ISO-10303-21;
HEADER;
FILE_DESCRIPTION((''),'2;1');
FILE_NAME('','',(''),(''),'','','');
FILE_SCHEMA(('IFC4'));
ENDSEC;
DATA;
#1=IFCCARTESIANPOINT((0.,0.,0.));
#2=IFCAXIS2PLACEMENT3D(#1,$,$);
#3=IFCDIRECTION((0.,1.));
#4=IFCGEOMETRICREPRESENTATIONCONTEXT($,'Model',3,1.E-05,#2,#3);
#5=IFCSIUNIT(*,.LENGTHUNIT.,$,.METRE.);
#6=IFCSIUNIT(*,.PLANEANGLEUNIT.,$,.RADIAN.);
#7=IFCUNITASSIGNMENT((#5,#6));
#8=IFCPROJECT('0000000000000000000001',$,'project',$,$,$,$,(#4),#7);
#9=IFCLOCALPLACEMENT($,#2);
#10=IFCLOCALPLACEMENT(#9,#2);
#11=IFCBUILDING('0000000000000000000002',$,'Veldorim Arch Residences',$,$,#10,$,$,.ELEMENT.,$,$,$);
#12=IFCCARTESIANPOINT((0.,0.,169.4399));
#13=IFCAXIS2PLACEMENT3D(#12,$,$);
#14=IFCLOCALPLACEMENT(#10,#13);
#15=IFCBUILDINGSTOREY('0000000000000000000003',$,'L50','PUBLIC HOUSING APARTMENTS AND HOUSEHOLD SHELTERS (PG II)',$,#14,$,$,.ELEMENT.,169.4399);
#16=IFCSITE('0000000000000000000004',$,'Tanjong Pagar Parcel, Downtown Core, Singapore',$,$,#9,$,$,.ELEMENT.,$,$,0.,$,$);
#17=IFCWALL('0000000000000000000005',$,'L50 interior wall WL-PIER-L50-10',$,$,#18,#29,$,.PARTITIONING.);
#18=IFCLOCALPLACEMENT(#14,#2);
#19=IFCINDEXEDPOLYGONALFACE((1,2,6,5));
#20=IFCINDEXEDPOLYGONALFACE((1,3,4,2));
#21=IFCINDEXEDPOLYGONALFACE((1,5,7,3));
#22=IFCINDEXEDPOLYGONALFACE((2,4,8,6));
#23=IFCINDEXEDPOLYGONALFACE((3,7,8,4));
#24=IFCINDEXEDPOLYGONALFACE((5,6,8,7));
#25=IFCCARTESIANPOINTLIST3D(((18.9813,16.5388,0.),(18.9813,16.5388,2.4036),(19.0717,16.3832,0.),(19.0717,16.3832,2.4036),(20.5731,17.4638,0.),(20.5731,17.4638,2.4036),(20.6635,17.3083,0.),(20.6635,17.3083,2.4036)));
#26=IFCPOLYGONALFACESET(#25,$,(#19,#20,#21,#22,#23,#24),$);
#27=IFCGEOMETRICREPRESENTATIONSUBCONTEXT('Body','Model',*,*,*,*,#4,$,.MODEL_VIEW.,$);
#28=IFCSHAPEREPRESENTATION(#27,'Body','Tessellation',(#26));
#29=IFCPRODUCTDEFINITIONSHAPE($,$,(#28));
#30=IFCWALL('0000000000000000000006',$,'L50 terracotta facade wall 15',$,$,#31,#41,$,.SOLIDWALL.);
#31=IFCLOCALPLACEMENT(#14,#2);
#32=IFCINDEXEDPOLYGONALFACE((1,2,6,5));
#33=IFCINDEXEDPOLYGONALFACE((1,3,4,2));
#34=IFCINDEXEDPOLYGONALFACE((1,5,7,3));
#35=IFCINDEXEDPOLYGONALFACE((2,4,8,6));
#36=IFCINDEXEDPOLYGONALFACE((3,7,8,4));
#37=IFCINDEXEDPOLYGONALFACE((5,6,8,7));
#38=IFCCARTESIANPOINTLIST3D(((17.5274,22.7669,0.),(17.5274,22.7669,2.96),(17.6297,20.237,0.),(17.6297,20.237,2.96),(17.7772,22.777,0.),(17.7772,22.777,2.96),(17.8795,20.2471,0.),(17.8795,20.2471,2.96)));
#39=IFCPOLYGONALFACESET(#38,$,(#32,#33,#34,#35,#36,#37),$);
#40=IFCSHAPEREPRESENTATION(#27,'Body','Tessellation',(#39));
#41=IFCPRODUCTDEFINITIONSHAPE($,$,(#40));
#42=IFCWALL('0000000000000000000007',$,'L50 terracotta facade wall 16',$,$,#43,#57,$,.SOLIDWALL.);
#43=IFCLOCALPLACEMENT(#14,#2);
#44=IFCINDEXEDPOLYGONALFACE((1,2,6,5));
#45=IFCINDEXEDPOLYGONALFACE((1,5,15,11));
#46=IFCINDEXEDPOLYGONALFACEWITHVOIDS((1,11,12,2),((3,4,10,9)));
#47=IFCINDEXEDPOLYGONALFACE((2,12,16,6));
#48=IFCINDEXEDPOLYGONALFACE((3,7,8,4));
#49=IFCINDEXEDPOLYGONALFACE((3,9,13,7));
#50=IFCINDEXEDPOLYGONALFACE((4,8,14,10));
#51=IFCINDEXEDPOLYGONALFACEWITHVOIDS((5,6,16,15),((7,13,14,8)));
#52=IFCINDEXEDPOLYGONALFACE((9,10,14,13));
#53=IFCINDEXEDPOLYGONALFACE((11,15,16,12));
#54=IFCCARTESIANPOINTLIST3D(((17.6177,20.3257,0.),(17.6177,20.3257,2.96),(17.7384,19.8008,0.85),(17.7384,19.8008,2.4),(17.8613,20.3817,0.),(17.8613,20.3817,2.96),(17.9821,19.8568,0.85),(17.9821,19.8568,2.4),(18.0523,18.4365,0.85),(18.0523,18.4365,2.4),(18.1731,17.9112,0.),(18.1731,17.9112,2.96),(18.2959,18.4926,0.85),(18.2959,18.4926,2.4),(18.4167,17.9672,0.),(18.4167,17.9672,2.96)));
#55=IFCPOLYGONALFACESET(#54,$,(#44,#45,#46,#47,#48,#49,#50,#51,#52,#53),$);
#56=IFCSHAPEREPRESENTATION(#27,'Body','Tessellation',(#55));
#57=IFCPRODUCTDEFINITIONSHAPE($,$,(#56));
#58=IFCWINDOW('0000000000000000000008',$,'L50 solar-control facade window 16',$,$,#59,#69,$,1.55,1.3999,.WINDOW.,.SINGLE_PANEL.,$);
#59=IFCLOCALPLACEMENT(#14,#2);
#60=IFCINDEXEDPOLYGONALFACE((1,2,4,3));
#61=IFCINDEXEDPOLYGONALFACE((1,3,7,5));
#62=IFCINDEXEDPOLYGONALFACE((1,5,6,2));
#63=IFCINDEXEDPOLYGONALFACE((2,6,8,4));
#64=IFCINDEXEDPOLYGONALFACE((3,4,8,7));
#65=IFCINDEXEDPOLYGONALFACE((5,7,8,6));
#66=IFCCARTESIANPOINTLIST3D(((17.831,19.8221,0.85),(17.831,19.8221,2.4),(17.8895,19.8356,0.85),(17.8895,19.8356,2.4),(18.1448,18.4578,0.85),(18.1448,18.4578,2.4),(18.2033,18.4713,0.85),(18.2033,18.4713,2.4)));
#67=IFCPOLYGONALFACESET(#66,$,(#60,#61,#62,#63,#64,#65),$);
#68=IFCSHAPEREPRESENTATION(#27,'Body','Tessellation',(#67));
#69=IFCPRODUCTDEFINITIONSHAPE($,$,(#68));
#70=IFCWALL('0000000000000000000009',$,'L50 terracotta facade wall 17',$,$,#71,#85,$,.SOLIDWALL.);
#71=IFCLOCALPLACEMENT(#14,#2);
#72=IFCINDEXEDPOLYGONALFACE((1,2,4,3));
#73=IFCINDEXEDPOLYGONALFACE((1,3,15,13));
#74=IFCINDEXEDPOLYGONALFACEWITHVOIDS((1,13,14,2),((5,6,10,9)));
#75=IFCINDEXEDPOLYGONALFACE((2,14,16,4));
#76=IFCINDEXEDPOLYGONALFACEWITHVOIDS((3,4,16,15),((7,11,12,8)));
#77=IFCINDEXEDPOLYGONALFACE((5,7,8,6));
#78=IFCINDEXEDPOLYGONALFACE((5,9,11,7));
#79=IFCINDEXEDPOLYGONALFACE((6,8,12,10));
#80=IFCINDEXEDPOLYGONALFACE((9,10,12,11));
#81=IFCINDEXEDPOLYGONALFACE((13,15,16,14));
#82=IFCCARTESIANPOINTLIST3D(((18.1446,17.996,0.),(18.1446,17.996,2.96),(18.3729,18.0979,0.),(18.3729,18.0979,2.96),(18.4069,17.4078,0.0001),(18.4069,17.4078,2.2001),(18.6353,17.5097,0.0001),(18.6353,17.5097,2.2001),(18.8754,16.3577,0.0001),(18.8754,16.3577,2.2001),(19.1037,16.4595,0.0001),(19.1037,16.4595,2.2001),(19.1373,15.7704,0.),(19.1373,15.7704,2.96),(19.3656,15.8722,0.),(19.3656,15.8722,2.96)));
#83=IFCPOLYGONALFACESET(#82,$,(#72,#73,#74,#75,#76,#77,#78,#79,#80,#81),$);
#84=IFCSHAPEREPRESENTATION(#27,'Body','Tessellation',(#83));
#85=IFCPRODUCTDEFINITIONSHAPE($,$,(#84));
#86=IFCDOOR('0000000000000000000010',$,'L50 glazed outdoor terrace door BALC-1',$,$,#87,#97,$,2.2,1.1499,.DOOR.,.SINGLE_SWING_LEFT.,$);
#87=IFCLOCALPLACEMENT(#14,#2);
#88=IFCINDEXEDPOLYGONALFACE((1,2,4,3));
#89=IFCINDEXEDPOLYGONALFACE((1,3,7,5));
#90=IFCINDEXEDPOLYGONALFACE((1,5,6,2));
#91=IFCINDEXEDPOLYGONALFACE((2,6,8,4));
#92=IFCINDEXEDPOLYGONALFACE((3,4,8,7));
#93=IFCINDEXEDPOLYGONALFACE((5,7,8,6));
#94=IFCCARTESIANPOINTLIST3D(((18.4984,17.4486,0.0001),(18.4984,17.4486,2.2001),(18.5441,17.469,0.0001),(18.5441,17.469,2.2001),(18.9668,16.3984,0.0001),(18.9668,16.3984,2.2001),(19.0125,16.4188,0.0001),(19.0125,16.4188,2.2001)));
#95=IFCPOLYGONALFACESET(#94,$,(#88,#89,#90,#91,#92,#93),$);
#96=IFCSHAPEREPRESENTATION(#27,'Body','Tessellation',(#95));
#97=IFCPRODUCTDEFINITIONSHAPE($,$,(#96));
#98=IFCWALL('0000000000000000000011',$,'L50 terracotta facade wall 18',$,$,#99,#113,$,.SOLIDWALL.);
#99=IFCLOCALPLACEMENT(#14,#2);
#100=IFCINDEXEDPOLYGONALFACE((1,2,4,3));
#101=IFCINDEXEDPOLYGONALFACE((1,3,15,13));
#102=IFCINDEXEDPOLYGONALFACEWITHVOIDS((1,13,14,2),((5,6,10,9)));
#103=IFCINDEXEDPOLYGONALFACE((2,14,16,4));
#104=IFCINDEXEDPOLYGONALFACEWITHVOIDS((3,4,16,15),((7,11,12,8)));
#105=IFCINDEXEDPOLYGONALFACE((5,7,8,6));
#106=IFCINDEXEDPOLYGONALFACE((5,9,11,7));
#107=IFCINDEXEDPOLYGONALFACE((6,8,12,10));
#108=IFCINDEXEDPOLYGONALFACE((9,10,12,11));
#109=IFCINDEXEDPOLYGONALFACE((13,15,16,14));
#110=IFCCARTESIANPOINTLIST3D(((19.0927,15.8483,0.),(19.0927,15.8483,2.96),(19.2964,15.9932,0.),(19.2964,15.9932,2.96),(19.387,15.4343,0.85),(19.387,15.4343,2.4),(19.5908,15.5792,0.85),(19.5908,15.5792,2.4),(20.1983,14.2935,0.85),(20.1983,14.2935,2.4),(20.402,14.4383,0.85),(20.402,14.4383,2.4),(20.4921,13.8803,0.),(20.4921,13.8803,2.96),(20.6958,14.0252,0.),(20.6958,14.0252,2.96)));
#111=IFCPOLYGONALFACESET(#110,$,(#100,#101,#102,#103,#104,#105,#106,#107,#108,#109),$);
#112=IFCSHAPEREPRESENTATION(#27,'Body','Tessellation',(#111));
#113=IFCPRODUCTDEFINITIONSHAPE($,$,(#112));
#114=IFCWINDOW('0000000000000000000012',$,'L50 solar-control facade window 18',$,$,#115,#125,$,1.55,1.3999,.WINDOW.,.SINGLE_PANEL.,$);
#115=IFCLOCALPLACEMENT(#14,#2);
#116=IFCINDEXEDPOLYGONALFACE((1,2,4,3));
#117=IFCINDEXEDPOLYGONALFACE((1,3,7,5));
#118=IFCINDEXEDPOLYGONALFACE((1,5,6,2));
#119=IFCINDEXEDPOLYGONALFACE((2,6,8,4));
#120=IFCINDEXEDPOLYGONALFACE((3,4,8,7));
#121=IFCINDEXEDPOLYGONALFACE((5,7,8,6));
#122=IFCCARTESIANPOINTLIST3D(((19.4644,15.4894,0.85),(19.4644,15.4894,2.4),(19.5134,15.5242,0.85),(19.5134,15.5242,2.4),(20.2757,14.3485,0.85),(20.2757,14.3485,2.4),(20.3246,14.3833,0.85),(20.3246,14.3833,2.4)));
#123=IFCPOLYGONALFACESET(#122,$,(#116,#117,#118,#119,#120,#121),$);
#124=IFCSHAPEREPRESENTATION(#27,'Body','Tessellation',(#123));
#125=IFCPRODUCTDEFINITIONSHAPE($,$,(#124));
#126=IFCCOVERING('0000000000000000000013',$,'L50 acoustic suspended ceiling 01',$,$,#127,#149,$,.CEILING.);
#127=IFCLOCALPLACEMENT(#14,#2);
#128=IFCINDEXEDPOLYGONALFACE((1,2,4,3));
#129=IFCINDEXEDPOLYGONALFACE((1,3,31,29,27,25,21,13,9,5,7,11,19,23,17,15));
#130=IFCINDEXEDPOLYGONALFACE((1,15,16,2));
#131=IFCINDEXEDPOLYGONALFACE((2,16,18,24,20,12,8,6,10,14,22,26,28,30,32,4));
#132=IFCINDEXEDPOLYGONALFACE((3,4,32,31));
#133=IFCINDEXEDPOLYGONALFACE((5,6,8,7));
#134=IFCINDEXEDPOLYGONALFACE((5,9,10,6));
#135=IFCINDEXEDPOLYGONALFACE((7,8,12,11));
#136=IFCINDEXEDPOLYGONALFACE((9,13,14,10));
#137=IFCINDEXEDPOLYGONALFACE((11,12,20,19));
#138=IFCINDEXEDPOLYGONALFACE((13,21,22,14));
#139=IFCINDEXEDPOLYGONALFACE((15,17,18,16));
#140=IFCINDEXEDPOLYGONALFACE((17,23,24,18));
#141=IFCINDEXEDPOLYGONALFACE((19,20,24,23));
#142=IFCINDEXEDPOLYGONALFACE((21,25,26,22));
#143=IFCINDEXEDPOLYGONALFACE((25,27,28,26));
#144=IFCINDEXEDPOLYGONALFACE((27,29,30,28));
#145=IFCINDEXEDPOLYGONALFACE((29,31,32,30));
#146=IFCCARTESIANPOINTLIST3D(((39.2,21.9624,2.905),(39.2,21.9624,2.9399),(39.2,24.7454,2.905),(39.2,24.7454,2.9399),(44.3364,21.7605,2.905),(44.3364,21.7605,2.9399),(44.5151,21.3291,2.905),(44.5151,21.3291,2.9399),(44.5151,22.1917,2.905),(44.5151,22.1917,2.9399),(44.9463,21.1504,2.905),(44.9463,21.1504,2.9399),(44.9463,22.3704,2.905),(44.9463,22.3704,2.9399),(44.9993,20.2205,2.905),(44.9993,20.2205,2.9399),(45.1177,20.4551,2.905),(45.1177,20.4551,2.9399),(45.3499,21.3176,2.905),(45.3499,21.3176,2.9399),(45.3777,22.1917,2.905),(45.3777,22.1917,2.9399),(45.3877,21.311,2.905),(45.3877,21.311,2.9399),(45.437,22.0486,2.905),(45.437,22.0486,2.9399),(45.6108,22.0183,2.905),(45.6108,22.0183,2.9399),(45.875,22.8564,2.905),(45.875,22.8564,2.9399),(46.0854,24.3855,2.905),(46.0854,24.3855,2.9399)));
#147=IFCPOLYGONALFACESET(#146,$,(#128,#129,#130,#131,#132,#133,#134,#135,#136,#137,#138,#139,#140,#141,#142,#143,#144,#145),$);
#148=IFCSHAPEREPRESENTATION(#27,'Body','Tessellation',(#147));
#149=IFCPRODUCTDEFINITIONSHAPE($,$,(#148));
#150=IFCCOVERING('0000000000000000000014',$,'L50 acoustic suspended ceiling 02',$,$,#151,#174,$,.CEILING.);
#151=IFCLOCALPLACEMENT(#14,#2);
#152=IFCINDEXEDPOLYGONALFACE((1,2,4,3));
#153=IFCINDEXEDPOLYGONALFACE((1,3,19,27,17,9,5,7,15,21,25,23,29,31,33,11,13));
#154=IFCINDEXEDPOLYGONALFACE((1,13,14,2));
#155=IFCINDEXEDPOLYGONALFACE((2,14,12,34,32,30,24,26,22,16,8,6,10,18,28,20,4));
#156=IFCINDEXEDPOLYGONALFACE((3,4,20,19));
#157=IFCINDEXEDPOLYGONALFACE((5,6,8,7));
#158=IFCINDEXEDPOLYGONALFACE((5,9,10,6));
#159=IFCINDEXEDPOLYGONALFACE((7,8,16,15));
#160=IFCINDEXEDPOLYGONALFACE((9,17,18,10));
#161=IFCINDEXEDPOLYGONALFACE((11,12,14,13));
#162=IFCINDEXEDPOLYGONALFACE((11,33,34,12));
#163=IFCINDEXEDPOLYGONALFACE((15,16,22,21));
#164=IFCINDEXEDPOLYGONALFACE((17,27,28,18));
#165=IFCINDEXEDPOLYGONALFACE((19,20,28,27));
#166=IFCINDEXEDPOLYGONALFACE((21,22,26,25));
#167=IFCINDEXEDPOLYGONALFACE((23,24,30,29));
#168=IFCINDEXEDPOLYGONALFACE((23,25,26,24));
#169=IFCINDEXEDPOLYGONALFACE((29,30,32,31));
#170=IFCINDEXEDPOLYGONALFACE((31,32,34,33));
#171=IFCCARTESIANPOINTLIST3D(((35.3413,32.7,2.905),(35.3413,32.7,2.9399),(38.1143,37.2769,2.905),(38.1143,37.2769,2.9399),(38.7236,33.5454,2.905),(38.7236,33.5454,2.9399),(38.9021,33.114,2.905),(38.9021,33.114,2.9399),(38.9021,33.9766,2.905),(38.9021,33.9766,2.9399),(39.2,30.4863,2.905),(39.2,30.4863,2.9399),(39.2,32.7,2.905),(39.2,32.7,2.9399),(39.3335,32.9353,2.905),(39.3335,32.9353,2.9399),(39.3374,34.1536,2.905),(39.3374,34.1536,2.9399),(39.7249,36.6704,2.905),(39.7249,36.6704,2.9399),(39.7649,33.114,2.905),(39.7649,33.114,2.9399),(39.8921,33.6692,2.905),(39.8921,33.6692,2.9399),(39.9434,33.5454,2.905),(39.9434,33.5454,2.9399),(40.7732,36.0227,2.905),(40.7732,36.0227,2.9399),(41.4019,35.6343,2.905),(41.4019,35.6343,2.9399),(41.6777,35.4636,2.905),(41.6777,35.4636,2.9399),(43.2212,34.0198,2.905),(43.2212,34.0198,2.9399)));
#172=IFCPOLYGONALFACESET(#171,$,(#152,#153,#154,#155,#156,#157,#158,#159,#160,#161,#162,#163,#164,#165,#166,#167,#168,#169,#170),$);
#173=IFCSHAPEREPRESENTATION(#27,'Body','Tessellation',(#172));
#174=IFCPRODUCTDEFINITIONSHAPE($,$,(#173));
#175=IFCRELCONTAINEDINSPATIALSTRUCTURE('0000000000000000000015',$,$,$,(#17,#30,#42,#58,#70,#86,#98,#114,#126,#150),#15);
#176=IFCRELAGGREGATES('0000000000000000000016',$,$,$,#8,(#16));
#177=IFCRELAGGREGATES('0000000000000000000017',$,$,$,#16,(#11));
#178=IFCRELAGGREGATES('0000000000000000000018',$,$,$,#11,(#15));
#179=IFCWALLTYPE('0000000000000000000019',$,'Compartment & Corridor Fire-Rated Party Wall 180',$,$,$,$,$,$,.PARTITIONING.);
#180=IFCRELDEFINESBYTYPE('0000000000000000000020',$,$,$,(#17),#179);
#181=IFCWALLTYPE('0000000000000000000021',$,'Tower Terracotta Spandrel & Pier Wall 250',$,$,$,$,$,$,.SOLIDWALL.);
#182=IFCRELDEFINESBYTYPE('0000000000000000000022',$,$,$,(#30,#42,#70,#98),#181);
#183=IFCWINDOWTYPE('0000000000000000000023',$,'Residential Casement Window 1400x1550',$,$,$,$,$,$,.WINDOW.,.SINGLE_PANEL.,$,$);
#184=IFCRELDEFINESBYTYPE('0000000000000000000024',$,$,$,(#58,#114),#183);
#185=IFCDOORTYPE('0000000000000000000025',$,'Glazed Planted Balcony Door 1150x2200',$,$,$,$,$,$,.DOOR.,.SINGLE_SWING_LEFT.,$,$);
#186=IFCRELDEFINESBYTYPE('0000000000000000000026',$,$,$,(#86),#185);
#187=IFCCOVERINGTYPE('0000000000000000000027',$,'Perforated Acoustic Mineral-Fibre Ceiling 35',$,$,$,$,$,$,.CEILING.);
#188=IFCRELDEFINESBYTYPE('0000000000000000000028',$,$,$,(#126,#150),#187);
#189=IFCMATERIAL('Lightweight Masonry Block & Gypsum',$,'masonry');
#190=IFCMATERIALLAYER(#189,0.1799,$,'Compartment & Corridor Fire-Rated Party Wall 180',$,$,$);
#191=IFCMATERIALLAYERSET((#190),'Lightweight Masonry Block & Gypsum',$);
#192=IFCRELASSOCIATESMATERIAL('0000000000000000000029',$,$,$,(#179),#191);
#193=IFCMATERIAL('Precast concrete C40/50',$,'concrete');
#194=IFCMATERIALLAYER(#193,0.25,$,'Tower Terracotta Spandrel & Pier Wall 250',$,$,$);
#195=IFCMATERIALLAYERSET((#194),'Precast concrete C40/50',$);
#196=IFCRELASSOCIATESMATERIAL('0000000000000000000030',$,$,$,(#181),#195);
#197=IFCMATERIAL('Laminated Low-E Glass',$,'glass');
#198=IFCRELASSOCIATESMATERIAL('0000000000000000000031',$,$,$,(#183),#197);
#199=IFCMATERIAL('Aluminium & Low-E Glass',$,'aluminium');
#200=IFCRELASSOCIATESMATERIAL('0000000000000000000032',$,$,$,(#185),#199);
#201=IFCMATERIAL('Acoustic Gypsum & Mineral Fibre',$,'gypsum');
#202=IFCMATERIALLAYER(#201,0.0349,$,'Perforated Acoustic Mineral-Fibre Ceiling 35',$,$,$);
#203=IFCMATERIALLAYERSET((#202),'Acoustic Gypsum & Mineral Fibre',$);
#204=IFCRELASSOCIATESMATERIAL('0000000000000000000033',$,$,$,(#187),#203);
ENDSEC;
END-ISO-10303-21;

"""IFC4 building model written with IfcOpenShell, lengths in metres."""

from ifc_helpers import new_model, si_unit, direction, frame, frame_2d, origin, place, context, subcontext, project, spatial, polyline, rectangle, outline, extrude, material, layer, layer_set, type_object, element, fill, save


model = new_model("IFC4")

# Units and contexts
model_context = context("Model", 3, precision=1e-05, world=origin(), true_north=direction((0.0, 1.0)))
body_context = subcontext(model_context, "Body", "Model", "MODEL_VIEW")
ifc_project = project(units=[si_unit("LENGTHUNIT", "METRE"), si_unit("PLANEANGLEUNIT", "RADIAN")], contexts=[model_context])

# Site, building, storey
site_placement = place(None, origin())
site = spatial("IfcSite", under=ifc_project, at=site_placement, Name="Tanjong Pagar Parcel, Downtown Core, Singapore", CompositionType="ELEMENT", RefElevation=0.0)
building_placement = place(site_placement, origin())
building = spatial("IfcBuilding", under=site, at=building_placement, Name="Veldorim Arch Residences", CompositionType="ELEMENT")
storey_placement = place(building_placement, frame((0.0, 0.0, 169.4399)))
storey = spatial("IfcBuildingStorey", under=building, at=storey_placement, Name="L50", Description="PUBLIC HOUSING APARTMENTS AND HOUSEHOLD SHELTERS (PG II)", CompositionType="ELEMENT", Elevation=169.4399)

# Walls
ifc_material_1 = material(Name="Lightweight Masonry Block & Gypsum", Category="masonry")
ifc_layer_1 = layer(ifc_material_1, 0.1799, Name="Compartment & Corridor Fire-Rated Party Wall 180")
ifc_layer_set_1 = layer_set([ifc_layer_1], Name="Lightweight Masonry Block & Gypsum")
wall_type_1 = type_object("IfcWallType", Name="Compartment & Corridor Fire-Rated Party Wall 180", PredefinedType="PARTITIONING", material=ifc_layer_set_1)
wall_1_placement = place(storey_placement, frame((20.6182, 17.386, 0.0), z_axis=(0.0, 0.0, 1.0), x_axis=(-0.864605, -0.502452, 0.0)))
element("IfcWall", 1, at=wall_1_placement, inside=storey, type_object=wall_type_1, Name="L50 interior wall WL-PIER-L50-10", PredefinedType="PARTITIONING", context=body_context, shape_type="SweptSolid", body=[
    extrude(rectangle(XDim=1.8411, YDim=0.1799, at=frame_2d((0.9204, 0.0))), origin(), (0.0, 0.0, 1.0), 2.4036),
])
ifc_material_2 = material(Name="Precast concrete C40/50", Category="concrete")
ifc_layer_2 = layer(ifc_material_2, 0.25, Name="Tower Terracotta Spandrel & Pier Wall 250")
ifc_layer_set_2 = layer_set([ifc_layer_2], Name="Precast concrete C40/50")
wall_type_2 = type_object("IfcWallType", Name="Tower Terracotta Spandrel & Pier Wall 250", PredefinedType="SOLIDWALL", material=ifc_layer_set_2)
wall_2_placement = place(storey_placement, frame((17.7546, 20.2419, 0.0), z_axis=(0.0, 0.0, 1.0), x_axis=(-0.040399, 0.999184, 0.0)))
element("IfcWall", 2, at=wall_2_placement, inside=storey, type_object=wall_type_2, Name="L50 terracotta facade wall 15", PredefinedType="SOLIDWALL", context=body_context, shape_type="SweptSolid", body=[
    extrude(rectangle(XDim=2.532, YDim=0.25, at=frame_2d((1.2661, 0.0))), origin(), (0.0, 0.0, 1.0), 2.96),
])

# Wall, opening, window
wall_3_placement = place(storey_placement, frame((18.2949, 17.9392, 0.0), z_axis=(0.0, 0.0, 1.0), x_axis=(-0.224176, 0.974549, 0.0)))
wall_3 = element("IfcWall", 3, at=wall_3_placement, inside=storey, type_object=wall_type_2, Name="L50 terracotta facade wall 16", PredefinedType="SOLIDWALL", context=body_context, shape_type="SweptSolid", body=[
    extrude(rectangle(XDim=2.4775, YDim=0.25, at=frame_2d((1.2388, 0.0))), origin(), (0.0, 0.0, 1.0), 2.96),
])
opening_1_placement = place(wall_3_placement, frame((0.5391, 0.0, 0.8501)))
opening_1 = element("IfcOpeningElement", 4, at=opening_1_placement, cuts=wall_3, PredefinedType="OPENING", context=body_context, shape_type="SweptSolid", body=[
    extrude(rectangle(XDim=1.3999, YDim=1.55, at=frame_2d((0.7, 0.7749))), frame((0.0, 0.135, 0.0), z_axis=(0.0, -1.0, 0.0), x_axis=(1.0, 0.0, 0.0)), (0.0, 0.0, 1.0), 0.27),
])
ifc_material_3 = material(Name="Laminated Low-E Glass", Category="glass")
window_type = type_object("IfcWindowType", Name="Residential Casement Window 1400x1550", PartitioningType="SINGLE_PANEL", PredefinedType="WINDOW", material=ifc_material_3)
window_1_placement = place(opening_1_placement, origin())
window_1 = element("IfcWindow", 5, at=window_1_placement, inside=storey, type_object=window_type, Name="L50 solar-control facade window 16", OverallHeight=1.55, OverallWidth=1.3999, PartitioningType="SINGLE_PANEL", PredefinedType="WINDOW", context=body_context, shape_type="SweptSolid", body=[
    extrude(rectangle(XDim=1.3999, YDim=1.55, at=frame_2d((0.7, 0.7749))), frame((0.0, 0.03, 0.0), z_axis=(0.0, -1.0, 0.0), x_axis=(1.0, 0.0, 0.0)), (0.0, 0.0, 1.0), 0.0601),
])
fill(opening_1, window_1)

# Wall, opening, door
wall_4_placement = place(storey_placement, frame((19.2515, 15.8213, 0.0), z_axis=(0.0, 0.0, 1.0), x_axis=(-0.407347, 0.913274, 0.0)))
wall_4 = element("IfcWall", 6, at=wall_4_placement, inside=storey, type_object=wall_type_2, Name="L50 terracotta facade wall 17", PredefinedType="SOLIDWALL", context=body_context, shape_type="SweptSolid", body=[
    extrude(rectangle(XDim=2.437, YDim=0.25, at=frame_2d((1.2185, 0.0))), origin(), (0.0, 0.0, 1.0), 2.96),
])
opening_2_placement = place(wall_4_placement, frame((0.6431, 0.0, 0.0)))
opening_2 = element("IfcOpeningElement", 7, at=opening_2_placement, cuts=wall_4, PredefinedType="OPENING", context=body_context, shape_type="SweptSolid", body=[
    extrude(rectangle(XDim=1.1499, YDim=2.2, at=frame_2d((0.575, 1.1001))), frame((0.0, 0.135, 0.0), z_axis=(0.0, -1.0, 0.0), x_axis=(1.0, 0.0, 0.0)), (0.0, 0.0, 1.0), 0.27),
])
ifc_material_4 = material(Name="Aluminium & Low-E Glass", Category="aluminium")
door_type_1 = type_object("IfcDoorType", Name="Glazed Planted Balcony Door 1150x2200", OperationType="SINGLE_SWING_LEFT", PredefinedType="DOOR", material=ifc_material_4)
door_1_placement = place(opening_2_placement, origin())
door_1 = element("IfcDoor", 8, at=door_1_placement, inside=storey, type_object=door_type_1, Name="L50 glazed outdoor terrace door BALC-1", OperationType="SINGLE_SWING_LEFT", OverallHeight=2.2, OverallWidth=1.1499, PredefinedType="DOOR", context=body_context, shape_type="SweptSolid", body=[
    extrude(rectangle(XDim=1.1499, YDim=2.2, at=frame_2d((0.575, 1.1001))), frame((0.0, 0.0249, 0.0), z_axis=(0.0, -1.0, 0.0), x_axis=(1.0, 0.0, 0.0)), (0.0, 0.0, 1.0), 0.05),
])
fill(opening_2, door_1)

# Wall, opening, window
wall_5_placement = place(storey_placement, frame((20.594, 13.9526, 0.0), z_axis=(0.0, 0.0, 1.0), x_axis=(-0.579506, 0.814968, 0.0)))
wall_5 = element("IfcWall", 9, at=wall_5_placement, inside=storey, type_object=wall_type_2, Name="L50 terracotta facade wall 18", PredefinedType="SOLIDWALL", context=body_context, shape_type="SweptSolid", body=[
    extrude(rectangle(XDim=2.4148, YDim=0.25, at=frame_2d((1.2075, 0.0))), origin(), (0.0, 0.0, 1.0), 2.96),
])
opening_3_placement = place(wall_5_placement, frame((0.5071, 0.0, 0.8501)))
opening_3 = element("IfcOpeningElement", 10, at=opening_3_placement, cuts=wall_5, PredefinedType="OPENING", context=body_context, shape_type="SweptSolid", body=[
    extrude(rectangle(XDim=1.3999, YDim=1.55, at=frame_2d((0.7, 0.7749))), frame((0.0, 0.135, 0.0), z_axis=(0.0, -1.0, 0.0), x_axis=(1.0, 0.0, 0.0)), (0.0, 0.0, 1.0), 0.27),
])
window_2_placement = place(opening_3_placement, origin())
window_2 = element("IfcWindow", 11, at=window_2_placement, inside=storey, type_object=window_type, Name="L50 solar-control facade window 18", OverallHeight=1.55, OverallWidth=1.3999, PartitioningType="SINGLE_PANEL", PredefinedType="WINDOW", context=body_context, shape_type="SweptSolid", body=[
    extrude(rectangle(XDim=1.3999, YDim=1.55, at=frame_2d((0.7, 0.7749))), frame((0.0, 0.03, 0.0), z_axis=(0.0, -1.0, 0.0), x_axis=(1.0, 0.0, 0.0)), (0.0, 0.0, 1.0), 0.0601),
])
fill(opening_3, window_2)

# Coverings
ifc_material_5 = material(Name="Acoustic Gypsum & Mineral Fibre", Category="gypsum")
ifc_layer_3 = layer(ifc_material_5, 0.0349, Name="Perforated Acoustic Mineral-Fibre Ceiling 35")
ifc_layer_set_3 = layer_set([ifc_layer_3], Name="Acoustic Gypsum & Mineral Fibre")
covering_type_1 = type_object("IfcCoveringType", Name="Perforated Acoustic Mineral-Fibre Ceiling 35", PredefinedType="CEILING", material=ifc_layer_set_3)
covering_1_placement = place(storey_placement, frame((0.0, 0.0, 2.905)))
element("IfcCovering", 12, at=covering_1_placement, inside=storey, type_object=covering_type_1, Name="L50 acoustic suspended ceiling 01", PredefinedType="CEILING", context=body_context, shape_type="SweptSolid", body=[
    extrude(outline(polyline([(45.3877, 21.311), (45.1177, 20.4551), (44.9993, 20.2205), (39.2, 21.9624), (39.2, 24.7454), (46.0854, 24.3855), (45.875, 22.8564), (45.6108, 22.0183), (45.437, 22.0486), (45.3777, 22.1917), (44.9463, 22.3704), (44.5151, 22.1917), (44.3364, 21.7605), (44.5151, 21.3291), (44.9463, 21.1504), (45.3499, 21.3176), (45.3877, 21.311)])), origin(), (0.0, 0.0, 1.0), 0.0349),
])
covering_2_placement = place(storey_placement, frame((0.0, 0.0, 2.905)))
element("IfcCovering", 13, at=covering_2_placement, inside=storey, type_object=covering_type_1, Name="L50 acoustic suspended ceiling 02", PredefinedType="CEILING", context=body_context, shape_type="SweptSolid", body=[
    extrude(outline(polyline([(39.7249, 36.6704), (40.7732, 36.0227), (39.3374, 34.1536), (38.9021, 33.9766), (38.7236, 33.5454), (38.9021, 33.114), (39.3335, 32.9353), (39.7649, 33.114), (39.9434, 33.5454), (39.8921, 33.6692), (41.4019, 35.6343), (41.6777, 35.4636), (43.2212, 34.0198), (39.2, 30.4863), (39.2, 32.7), (35.3413, 32.7), (38.1143, 37.2769), (39.7249, 36.6704)])), origin(), (0.0, 0.0, 1.0), 0.0349),
])

save(model, "model.ifc")
